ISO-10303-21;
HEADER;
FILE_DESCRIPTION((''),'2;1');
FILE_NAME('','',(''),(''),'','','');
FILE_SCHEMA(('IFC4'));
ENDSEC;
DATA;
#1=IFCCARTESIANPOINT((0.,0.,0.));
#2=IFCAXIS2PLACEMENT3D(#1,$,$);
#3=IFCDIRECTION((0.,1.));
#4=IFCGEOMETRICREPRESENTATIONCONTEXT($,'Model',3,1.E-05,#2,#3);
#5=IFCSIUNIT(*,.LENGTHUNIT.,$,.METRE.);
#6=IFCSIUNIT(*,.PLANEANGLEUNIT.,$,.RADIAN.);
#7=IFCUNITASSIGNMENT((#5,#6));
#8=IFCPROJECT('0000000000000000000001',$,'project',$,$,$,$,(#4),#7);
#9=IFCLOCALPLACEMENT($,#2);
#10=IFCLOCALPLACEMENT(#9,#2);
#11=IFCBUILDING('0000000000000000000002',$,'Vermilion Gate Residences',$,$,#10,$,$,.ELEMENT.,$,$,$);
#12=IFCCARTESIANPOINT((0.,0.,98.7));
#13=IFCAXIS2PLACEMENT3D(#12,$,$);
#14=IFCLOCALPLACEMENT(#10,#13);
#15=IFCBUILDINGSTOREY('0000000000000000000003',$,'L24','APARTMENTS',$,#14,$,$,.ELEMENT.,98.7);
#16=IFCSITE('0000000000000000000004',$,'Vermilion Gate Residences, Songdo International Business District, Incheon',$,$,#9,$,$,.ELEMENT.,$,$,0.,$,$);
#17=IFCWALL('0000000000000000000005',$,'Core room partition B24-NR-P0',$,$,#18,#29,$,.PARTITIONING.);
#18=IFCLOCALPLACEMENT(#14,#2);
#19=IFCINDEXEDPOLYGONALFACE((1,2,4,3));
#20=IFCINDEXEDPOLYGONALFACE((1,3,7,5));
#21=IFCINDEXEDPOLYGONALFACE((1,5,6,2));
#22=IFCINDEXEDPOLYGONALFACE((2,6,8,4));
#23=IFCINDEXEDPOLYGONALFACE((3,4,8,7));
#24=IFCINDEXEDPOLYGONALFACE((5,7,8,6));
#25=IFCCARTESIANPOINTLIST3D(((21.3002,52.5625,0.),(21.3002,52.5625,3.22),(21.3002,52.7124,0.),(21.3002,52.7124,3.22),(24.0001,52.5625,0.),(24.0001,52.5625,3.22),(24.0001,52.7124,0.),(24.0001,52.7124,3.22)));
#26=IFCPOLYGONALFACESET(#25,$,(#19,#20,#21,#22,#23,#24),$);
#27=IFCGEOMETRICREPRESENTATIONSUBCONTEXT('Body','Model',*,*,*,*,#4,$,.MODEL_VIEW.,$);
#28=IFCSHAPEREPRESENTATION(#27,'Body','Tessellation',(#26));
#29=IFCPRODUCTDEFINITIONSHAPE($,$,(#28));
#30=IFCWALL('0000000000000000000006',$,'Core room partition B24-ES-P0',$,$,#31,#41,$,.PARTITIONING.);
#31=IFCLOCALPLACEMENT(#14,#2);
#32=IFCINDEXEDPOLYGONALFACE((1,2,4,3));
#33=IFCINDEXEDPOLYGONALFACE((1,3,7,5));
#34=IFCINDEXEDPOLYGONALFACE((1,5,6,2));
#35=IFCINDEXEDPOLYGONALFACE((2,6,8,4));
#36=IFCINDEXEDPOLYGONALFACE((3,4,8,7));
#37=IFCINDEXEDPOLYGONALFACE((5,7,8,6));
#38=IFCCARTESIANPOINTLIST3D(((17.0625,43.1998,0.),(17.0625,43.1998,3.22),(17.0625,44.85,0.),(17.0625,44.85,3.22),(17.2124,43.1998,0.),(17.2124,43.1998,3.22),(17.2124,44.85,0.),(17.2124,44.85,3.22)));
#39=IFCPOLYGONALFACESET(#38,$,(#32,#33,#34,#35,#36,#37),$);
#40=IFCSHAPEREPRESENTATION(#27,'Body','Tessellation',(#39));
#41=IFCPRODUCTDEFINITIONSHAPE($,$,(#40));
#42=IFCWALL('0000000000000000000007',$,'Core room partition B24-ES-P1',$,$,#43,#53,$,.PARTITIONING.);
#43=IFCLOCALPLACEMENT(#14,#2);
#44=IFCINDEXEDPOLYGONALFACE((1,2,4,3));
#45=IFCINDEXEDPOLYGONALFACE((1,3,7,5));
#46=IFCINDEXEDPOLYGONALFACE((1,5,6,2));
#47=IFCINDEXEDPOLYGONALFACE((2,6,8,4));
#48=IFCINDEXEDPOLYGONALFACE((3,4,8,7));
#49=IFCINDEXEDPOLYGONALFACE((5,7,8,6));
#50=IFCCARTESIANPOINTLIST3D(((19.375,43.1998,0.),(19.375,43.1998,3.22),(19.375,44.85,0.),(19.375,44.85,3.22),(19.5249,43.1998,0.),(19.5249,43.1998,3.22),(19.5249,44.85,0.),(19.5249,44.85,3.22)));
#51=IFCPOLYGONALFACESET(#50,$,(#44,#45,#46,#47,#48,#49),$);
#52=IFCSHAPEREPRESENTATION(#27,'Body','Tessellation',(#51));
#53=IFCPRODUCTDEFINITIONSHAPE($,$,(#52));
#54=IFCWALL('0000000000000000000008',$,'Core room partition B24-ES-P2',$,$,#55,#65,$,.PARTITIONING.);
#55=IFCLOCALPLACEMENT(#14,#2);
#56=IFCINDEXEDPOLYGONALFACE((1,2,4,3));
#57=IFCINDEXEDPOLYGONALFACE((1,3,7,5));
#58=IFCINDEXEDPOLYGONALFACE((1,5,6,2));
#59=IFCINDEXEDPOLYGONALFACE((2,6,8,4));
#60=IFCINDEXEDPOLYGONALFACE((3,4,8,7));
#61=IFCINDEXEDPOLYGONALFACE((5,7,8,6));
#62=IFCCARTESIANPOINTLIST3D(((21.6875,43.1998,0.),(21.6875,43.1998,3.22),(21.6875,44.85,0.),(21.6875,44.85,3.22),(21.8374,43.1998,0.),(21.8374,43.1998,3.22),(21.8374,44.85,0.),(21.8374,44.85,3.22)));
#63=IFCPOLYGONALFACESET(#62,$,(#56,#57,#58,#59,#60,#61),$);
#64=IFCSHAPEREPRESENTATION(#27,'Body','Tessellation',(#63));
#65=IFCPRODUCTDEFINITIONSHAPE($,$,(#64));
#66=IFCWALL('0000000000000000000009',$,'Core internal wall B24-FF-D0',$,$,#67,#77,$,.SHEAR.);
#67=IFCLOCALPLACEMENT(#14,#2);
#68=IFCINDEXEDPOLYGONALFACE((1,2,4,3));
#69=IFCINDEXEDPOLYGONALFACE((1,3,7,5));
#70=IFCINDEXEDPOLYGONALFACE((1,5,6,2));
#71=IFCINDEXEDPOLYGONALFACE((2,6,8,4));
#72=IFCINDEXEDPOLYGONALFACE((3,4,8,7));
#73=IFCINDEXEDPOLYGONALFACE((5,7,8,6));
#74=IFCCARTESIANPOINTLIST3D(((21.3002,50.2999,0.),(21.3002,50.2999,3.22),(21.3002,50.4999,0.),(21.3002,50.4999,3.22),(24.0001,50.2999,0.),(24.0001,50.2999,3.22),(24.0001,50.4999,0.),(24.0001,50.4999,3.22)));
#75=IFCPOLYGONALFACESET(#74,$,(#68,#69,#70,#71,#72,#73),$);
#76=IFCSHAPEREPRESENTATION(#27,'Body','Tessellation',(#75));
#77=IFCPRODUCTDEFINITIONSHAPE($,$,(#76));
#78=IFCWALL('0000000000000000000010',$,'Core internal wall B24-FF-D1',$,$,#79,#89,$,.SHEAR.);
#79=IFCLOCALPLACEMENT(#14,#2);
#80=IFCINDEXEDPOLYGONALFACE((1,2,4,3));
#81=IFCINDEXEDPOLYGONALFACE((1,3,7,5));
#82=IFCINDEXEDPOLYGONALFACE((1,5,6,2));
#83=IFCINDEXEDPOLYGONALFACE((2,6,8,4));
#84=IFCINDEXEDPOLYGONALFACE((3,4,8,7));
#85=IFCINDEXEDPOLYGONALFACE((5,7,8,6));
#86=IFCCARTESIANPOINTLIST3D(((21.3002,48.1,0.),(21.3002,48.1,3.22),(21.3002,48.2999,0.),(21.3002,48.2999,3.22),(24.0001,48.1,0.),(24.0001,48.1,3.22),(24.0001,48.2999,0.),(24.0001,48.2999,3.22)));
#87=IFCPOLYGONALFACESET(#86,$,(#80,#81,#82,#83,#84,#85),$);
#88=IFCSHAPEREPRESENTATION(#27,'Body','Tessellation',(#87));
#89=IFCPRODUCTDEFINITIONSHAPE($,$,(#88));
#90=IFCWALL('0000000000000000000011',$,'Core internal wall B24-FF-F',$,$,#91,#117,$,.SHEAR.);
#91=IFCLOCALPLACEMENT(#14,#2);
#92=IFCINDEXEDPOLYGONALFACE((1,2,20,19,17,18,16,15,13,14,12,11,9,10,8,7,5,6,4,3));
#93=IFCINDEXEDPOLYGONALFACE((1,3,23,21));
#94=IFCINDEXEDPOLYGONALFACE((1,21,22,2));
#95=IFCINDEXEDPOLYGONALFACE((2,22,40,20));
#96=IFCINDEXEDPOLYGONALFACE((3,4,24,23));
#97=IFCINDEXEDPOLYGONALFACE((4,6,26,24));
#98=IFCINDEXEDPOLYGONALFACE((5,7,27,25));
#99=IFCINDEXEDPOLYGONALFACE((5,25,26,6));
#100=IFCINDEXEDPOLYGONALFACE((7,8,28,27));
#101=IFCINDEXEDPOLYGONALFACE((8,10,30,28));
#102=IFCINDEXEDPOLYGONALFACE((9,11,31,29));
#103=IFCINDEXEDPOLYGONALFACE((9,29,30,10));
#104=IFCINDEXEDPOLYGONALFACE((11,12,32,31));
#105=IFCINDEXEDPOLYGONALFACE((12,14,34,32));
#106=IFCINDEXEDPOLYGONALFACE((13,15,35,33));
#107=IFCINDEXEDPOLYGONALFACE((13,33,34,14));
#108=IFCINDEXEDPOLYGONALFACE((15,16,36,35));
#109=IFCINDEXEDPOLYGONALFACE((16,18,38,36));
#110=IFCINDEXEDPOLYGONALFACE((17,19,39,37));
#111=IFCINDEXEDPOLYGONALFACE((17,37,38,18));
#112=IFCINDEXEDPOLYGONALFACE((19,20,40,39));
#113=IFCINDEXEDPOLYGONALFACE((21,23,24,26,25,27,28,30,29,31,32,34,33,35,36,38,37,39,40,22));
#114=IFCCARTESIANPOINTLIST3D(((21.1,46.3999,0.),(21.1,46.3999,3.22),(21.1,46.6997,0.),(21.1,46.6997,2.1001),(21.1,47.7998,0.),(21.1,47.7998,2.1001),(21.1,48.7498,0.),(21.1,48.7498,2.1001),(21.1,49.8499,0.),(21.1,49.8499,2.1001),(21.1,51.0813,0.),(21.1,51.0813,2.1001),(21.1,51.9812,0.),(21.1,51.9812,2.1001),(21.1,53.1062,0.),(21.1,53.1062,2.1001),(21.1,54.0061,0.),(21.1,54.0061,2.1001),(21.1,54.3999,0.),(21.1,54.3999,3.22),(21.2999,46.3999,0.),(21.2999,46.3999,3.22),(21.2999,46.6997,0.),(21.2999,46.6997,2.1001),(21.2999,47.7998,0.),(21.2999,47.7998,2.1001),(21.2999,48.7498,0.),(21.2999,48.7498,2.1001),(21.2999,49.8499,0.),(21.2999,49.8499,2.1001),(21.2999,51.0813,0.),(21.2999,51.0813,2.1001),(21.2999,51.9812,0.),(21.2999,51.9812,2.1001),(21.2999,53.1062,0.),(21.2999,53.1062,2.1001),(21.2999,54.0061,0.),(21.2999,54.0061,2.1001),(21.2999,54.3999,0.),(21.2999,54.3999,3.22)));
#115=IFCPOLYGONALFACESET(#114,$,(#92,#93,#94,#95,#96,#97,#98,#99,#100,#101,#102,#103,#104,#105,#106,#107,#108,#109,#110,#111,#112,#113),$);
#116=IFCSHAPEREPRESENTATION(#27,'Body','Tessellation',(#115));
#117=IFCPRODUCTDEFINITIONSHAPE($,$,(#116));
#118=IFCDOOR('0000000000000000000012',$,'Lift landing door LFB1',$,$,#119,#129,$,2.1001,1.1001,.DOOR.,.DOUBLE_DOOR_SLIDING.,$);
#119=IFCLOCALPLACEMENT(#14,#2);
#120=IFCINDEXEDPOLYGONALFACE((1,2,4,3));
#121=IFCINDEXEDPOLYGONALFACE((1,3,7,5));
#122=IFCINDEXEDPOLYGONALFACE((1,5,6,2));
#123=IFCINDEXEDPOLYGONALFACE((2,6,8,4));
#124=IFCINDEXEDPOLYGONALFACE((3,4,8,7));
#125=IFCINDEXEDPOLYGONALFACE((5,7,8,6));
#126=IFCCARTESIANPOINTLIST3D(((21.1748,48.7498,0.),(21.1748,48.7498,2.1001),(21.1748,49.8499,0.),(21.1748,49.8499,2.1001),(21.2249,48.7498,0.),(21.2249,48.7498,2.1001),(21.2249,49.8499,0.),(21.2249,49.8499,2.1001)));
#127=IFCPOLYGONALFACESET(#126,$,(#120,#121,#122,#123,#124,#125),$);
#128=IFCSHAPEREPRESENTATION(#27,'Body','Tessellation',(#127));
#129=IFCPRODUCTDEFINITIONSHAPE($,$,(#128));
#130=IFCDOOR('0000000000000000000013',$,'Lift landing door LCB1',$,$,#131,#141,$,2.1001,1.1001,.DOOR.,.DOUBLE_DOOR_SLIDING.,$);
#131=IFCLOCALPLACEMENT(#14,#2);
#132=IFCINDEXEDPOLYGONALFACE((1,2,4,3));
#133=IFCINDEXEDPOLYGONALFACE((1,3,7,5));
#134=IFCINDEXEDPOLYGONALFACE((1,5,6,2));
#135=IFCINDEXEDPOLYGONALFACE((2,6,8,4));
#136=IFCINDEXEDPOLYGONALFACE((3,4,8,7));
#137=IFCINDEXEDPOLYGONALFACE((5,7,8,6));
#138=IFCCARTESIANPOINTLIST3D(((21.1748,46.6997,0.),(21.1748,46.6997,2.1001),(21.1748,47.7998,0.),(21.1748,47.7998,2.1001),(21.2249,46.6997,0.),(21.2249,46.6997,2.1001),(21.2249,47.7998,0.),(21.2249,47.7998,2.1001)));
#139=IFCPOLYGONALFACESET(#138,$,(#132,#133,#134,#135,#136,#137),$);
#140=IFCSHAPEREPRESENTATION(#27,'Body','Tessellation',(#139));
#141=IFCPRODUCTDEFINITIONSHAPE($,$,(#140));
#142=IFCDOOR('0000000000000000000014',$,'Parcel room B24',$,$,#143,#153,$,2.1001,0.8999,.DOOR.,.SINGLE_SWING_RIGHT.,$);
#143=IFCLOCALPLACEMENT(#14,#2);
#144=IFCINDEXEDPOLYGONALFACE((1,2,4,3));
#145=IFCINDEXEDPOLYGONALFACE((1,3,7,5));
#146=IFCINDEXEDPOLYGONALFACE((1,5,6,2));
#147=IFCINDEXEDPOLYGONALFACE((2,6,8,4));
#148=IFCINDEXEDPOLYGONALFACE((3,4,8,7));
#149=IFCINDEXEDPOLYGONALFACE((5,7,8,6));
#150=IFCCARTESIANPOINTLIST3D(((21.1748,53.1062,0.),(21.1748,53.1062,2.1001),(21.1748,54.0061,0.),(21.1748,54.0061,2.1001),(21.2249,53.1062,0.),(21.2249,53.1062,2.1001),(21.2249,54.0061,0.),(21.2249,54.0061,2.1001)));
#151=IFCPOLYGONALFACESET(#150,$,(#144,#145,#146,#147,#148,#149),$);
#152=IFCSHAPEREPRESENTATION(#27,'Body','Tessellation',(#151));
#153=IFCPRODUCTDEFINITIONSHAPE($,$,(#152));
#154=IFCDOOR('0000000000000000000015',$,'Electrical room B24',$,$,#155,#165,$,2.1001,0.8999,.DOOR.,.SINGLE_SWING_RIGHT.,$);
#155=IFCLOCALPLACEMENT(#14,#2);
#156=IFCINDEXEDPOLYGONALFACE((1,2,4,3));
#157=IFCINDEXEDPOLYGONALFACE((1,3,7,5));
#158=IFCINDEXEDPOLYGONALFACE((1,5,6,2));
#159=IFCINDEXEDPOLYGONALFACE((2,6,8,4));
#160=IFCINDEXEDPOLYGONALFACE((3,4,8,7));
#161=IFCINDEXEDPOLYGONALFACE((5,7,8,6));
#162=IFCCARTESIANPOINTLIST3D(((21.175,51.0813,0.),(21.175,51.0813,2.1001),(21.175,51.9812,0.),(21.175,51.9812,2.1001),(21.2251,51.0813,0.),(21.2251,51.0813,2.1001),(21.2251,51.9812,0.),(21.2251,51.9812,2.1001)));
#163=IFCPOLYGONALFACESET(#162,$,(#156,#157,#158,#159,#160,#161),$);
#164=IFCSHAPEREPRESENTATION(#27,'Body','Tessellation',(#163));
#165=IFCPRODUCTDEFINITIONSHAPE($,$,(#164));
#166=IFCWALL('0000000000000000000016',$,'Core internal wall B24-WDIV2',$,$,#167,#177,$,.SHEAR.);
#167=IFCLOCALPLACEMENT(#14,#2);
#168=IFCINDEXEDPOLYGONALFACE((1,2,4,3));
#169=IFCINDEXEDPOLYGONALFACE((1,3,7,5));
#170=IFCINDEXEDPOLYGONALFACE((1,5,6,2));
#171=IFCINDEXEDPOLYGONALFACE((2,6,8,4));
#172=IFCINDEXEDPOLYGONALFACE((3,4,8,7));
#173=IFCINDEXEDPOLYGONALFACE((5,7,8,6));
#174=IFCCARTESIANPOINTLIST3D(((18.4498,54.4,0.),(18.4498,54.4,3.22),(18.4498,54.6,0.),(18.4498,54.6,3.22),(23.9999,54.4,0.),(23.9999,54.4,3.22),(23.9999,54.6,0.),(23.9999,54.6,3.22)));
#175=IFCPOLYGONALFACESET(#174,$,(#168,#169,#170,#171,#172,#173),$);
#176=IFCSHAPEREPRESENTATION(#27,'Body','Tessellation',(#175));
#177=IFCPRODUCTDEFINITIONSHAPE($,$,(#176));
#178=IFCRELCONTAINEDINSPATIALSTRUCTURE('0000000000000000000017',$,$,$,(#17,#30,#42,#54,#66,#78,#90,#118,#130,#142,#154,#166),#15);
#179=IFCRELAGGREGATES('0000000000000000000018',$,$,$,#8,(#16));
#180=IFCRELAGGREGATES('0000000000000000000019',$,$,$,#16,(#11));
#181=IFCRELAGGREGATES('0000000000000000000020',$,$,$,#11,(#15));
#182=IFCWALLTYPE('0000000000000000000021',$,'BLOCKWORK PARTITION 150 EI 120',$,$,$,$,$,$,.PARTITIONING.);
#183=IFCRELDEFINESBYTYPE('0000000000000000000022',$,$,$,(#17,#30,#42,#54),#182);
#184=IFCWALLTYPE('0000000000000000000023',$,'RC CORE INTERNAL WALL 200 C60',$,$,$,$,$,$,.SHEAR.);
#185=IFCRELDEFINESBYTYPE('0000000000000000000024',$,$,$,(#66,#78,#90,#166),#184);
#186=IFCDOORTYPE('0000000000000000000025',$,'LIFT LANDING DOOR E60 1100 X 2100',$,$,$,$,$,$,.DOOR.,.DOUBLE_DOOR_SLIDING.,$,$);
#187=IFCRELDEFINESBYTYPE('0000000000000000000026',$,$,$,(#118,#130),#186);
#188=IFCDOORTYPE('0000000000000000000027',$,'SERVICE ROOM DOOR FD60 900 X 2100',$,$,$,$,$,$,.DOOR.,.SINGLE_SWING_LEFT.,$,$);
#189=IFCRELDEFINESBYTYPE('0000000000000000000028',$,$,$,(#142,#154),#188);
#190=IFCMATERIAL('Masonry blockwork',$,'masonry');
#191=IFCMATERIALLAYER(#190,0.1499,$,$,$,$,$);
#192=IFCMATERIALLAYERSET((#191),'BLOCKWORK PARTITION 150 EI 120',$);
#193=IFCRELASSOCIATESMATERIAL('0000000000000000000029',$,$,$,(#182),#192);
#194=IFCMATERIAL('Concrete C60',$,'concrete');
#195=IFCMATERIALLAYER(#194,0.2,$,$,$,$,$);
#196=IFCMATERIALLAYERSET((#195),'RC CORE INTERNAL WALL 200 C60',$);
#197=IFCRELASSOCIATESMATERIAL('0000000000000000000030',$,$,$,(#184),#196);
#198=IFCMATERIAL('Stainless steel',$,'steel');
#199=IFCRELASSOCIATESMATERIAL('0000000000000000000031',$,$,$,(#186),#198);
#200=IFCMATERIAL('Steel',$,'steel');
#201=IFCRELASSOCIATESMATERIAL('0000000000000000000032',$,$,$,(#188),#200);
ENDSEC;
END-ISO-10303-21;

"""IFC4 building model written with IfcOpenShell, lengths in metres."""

from ifc_helpers import new_model, si_unit, direction, frame, frame_2d, origin, place, context, subcontext, project, spatial, rectangle, extrude, material, layer, layer_set, type_object, element, fill, save


model = new_model("IFC4")

# Units and contexts
model_context = context("Model", 3, precision=1e-05, world=origin(), true_north=direction((0.0, 1.0)))
body_context = subcontext(model_context, "Body", "Model", "MODEL_VIEW")
ifc_project = project(units=[si_unit("LENGTHUNIT", "METRE"), si_unit("PLANEANGLEUNIT", "RADIAN")], contexts=[model_context])

# Site, building, storey
site_placement = place(None, origin())
site = spatial("IfcSite", under=ifc_project, at=site_placement, Name="Vermilion Gate Residences, Songdo International Business District, Incheon", CompositionType="ELEMENT", RefElevation=0.0)
building_placement = place(site_placement, origin())
building = spatial("IfcBuilding", under=site, at=building_placement, Name="Vermilion Gate Residences", CompositionType="ELEMENT")
storey_placement = place(building_placement, frame((0.0, 0.0, 98.7)))
storey = spatial("IfcBuildingStorey", under=building, at=storey_placement, Name="L24", Description="APARTMENTS", CompositionType="ELEMENT", Elevation=98.7)

# Walls
ifc_material_1 = material(Name="Masonry blockwork", Category="masonry")
ifc_layer_1 = layer(ifc_material_1, 0.1499)
ifc_layer_set_1 = layer_set([ifc_layer_1], Name="BLOCKWORK PARTITION 150 EI 120")
wall_type_1 = type_object("IfcWallType", Name="BLOCKWORK PARTITION 150 EI 120", PredefinedType="PARTITIONING", material=ifc_layer_set_1)
wall_1_placement = place(storey_placement, frame((21.3, 52.6375, 0.0), z_axis=(0.0, 0.0, 1.0), x_axis=(1.0, 0.0, 0.0)))
element("IfcWall", 1, at=wall_1_placement, inside=storey, type_object=wall_type_1, Name="Core room partition B24-NR-P0", PredefinedType="PARTITIONING", context=body_context, shape_type="SweptSolid", body=[
    extrude(rectangle(XDim=2.7, YDim=0.1499, at=frame_2d((1.3501, 0.0))), origin(), (0.0, 0.0, 1.0), 3.22),
])
for number, where, z_axis, x_axis, name in (
    (2, (17.1375, 44.8501, 0.0), (0.0, 0.0, 1.0), (0.0, -1.0, 0.0), "Core room partition B24-ES-P0"),
    (3, (19.45, 44.8501, 0.0), (0.0, 0.0, 1.0), (0.0, -1.0, 0.0), "Core room partition B24-ES-P1"),
    (4, (21.7625, 44.8501, 0.0), (0.0, 0.0, 1.0), (0.0, -1.0, 0.0), "Core room partition B24-ES-P2"),
):
    element("IfcWall", number, at=place(storey_placement, frame(where, z_axis=z_axis, x_axis=x_axis)), inside=storey, type_object=wall_type_1, Name=name, PredefinedType="PARTITIONING", context=body_context, shape_type="SweptSolid", body=[
        extrude(rectangle(XDim=1.6501, YDim=0.1499, at=frame_2d((0.8252, 0.0))), origin(), (0.0, 0.0, 1.0), 3.22),
    ])
ifc_material_2 = material(Name="Concrete C60", Category="concrete")
ifc_layer_2 = layer(ifc_material_2, 0.2)
ifc_layer_set_2 = layer_set([ifc_layer_2], Name="RC CORE INTERNAL WALL 200 C60")
wall_type_2 = type_object("IfcWallType", Name="RC CORE INTERNAL WALL 200 C60", PredefinedType="SHEAR", material=ifc_layer_set_2)
for number, where, z_axis, x_axis, name in (
    (5, (21.3, 50.3999, 0.0), (0.0, 0.0, 1.0), (1.0, 0.0, 0.0), "Core internal wall B24-FF-D0"),
    (6, (21.3, 48.2, 0.0), (0.0, 0.0, 1.0), (1.0, 0.0, 0.0), "Core internal wall B24-FF-D1"),
):
    element("IfcWall", number, at=place(storey_placement, frame(where, z_axis=z_axis, x_axis=x_axis)), inside=storey, type_object=wall_type_2, Name=name, PredefinedType="SHEAR", context=body_context, shape_type="SweptSolid", body=[
        extrude(rectangle(XDim=2.7, YDim=0.2, at=frame_2d((1.3501, 0.0))), origin(), (0.0, 0.0, 1.0), 3.22),
    ])

# Wall, openings, doors
wall_2_placement = place(storey_placement, frame((21.2, 54.3999, 0.0), z_axis=(0.0, 0.0, 1.0), x_axis=(0.0, -1.0, 0.0)))
wall_2 = element("IfcWall", 7, at=wall_2_placement, inside=storey, type_object=wall_type_2, Name="Core internal wall B24-FF-F", PredefinedType="SHEAR", context=body_context, shape_type="SweptSolid", body=[
    extrude(rectangle(XDim=8.0, YDim=0.2, at=frame_2d((4.0, 0.0))), origin(), (0.0, 0.0, 1.0), 3.22),
])
opening_1_placement = place(wall_2_placement, frame((0.3938, 0.0, 0.0)))
opening_1 = element("IfcOpeningElement", 8, at=opening_1_placement, cuts=wall_2, PredefinedType="OPENING", context=body_context, shape_type="SweptSolid", body=[
    extrude(rectangle(XDim=0.8999, YDim=2.1001, at=frame_2d((0.45, 1.05))), frame((0.0, 0.1099, 0.0), z_axis=(0.0, -1.0, 0.0), x_axis=(1.0, 0.0, 0.0)), (0.0, 0.0, 1.0), 0.22),
])
opening_2_placement = place(wall_2_placement, frame((2.4187, 0.0, 0.0)))
opening_2 = element("IfcOpeningElement", 9, at=opening_2_placement, cuts=wall_2, PredefinedType="OPENING", context=body_context, shape_type="SweptSolid", body=[
    extrude(rectangle(XDim=0.8999, YDim=2.1001, at=frame_2d((0.45, 1.05))), frame((0.0, 0.1099, 0.0), z_axis=(0.0, -1.0, 0.0), x_axis=(1.0, 0.0, 0.0)), (0.0, 0.0, 1.0), 0.22),
])
opening_3_placement = place(wall_2_placement, frame((4.55, 0.0, 0.0)))
opening_3 = element("IfcOpeningElement", 10, at=opening_3_placement, cuts=wall_2, PredefinedType="OPENING", context=body_context, shape_type="SweptSolid", body=[
    extrude(rectangle(XDim=1.1001, YDim=2.1001, at=frame_2d((0.55, 1.05))), frame((0.0, 0.1099, 0.0), z_axis=(0.0, -1.0, 0.0), x_axis=(1.0, 0.0, 0.0)), (0.0, 0.0, 1.0), 0.22),
])
opening_4_placement = place(wall_2_placement, frame((6.6001, 0.0, 0.0)))
opening_4 = element("IfcOpeningElement", 11, at=opening_4_placement, cuts=wall_2, PredefinedType="OPENING", context=body_context, shape_type="SweptSolid", body=[
    extrude(rectangle(XDim=1.1001, YDim=2.1001, at=frame_2d((0.55, 1.05))), frame((0.0, 0.1099, 0.0), z_axis=(0.0, -1.0, 0.0), x_axis=(1.0, 0.0, 0.0)), (0.0, 0.0, 1.0), 0.22),
])
ifc_material_3 = material(Name="Stainless steel", Category="steel")
door_type_1 = type_object("IfcDoorType", Name="LIFT LANDING DOOR E60 1100 X 2100", OperationType="DOUBLE_DOOR_SLIDING", PredefinedType="DOOR", material=ifc_material_3)
door_1_placement = place(opening_3_placement, origin())
door_1 = element("IfcDoor", 12, at=door_1_placement, inside=storey, type_object=door_type_1, Name="Lift landing door LFB1", OperationType="DOUBLE_DOOR_SLIDING", OverallHeight=2.1001, OverallWidth=1.1001, PredefinedType="DOOR", context=body_context, shape_type="SweptSolid", body=[
    extrude(rectangle(XDim=1.1001, YDim=2.1001, at=frame_2d((0.55, 1.05))), frame((0.0, 0.0249, 0.0), z_axis=(0.0, -1.0, 0.0), x_axis=(1.0, 0.0, 0.0)), (0.0, 0.0, 1.0), 0.05),
])
fill(opening_3, door_1)
door_2_placement = place(opening_4_placement, origin())
door_2 = element("IfcDoor", 13, at=door_2_placement, inside=storey, type_object=door_type_1, Name="Lift landing door LCB1", OperationType="DOUBLE_DOOR_SLIDING", OverallHeight=2.1001, OverallWidth=1.1001, PredefinedType="DOOR", context=body_context, shape_type="SweptSolid", body=[
    extrude(rectangle(XDim=1.1001, YDim=2.1001, at=frame_2d((0.55, 1.05))), frame((0.0, 0.0249, 0.0), z_axis=(0.0, -1.0, 0.0), x_axis=(1.0, 0.0, 0.0)), (0.0, 0.0, 1.0), 0.05),
])
fill(opening_4, door_2)
ifc_material_4 = material(Name="Steel", Category="steel")
door_type_2 = type_object("IfcDoorType", Name="SERVICE ROOM DOOR FD60 900 X 2100", OperationType="SINGLE_SWING_LEFT", PredefinedType="DOOR", material=ifc_material_4)
door_3_placement = place(opening_1_placement, origin())
door_3 = element("IfcDoor", 14, at=door_3_placement, inside=storey, type_object=door_type_2, Name="Parcel room B24", OperationType="SINGLE_SWING_RIGHT", OverallHeight=2.1001, OverallWidth=0.8999, PredefinedType="DOOR", context=body_context, shape_type="SweptSolid", body=[
    extrude(rectangle(XDim=0.8999, YDim=2.1001, at=frame_2d((0.45, 1.05))), frame((0.0, 0.0249, 0.0), z_axis=(0.0, -1.0, 0.0), x_axis=(1.0, 0.0, 0.0)), (0.0, 0.0, 1.0), 0.05),
])
fill(opening_1, door_3)
door_4_placement = place(opening_2_placement, frame((0.8999, 0.0, 0.0), z_axis=(0.0, 0.0, 1.0), x_axis=(-1.0, 0.0, 0.0)))
door_4 = element("IfcDoor", 15, at=door_4_placement, inside=storey, type_object=door_type_2, Name="Electrical room B24", OperationType="SINGLE_SWING_RIGHT", OverallHeight=2.1001, OverallWidth=0.8999, PredefinedType="DOOR", context=body_context, shape_type="SweptSolid", body=[
    extrude(rectangle(XDim=0.8999, YDim=2.1001, at=frame_2d((0.45, 1.05))), frame((0.0, 0.0249, 0.0), z_axis=(0.0, -1.0, 0.0), x_axis=(1.0, 0.0, 0.0)), (0.0, 0.0, 1.0), 0.05),
])
fill(opening_2, door_4)

# Wall
wall_3_placement = place(storey_placement, frame((18.45, 54.5, 0.0), z_axis=(0.0, 0.0, 1.0), x_axis=(1.0, 0.0, 0.0)))
element("IfcWall", 16, at=wall_3_placement, inside=storey, type_object=wall_type_2, Name="Core internal wall B24-WDIV2", PredefinedType="SHEAR", context=body_context, shape_type="SweptSolid", body=[
    extrude(rectangle(XDim=5.55, YDim=0.2, at=frame_2d((2.7749, 0.0))), origin(), (0.0, 0.0, 1.0), 3.22),
])

save(model, "model.ifc")
